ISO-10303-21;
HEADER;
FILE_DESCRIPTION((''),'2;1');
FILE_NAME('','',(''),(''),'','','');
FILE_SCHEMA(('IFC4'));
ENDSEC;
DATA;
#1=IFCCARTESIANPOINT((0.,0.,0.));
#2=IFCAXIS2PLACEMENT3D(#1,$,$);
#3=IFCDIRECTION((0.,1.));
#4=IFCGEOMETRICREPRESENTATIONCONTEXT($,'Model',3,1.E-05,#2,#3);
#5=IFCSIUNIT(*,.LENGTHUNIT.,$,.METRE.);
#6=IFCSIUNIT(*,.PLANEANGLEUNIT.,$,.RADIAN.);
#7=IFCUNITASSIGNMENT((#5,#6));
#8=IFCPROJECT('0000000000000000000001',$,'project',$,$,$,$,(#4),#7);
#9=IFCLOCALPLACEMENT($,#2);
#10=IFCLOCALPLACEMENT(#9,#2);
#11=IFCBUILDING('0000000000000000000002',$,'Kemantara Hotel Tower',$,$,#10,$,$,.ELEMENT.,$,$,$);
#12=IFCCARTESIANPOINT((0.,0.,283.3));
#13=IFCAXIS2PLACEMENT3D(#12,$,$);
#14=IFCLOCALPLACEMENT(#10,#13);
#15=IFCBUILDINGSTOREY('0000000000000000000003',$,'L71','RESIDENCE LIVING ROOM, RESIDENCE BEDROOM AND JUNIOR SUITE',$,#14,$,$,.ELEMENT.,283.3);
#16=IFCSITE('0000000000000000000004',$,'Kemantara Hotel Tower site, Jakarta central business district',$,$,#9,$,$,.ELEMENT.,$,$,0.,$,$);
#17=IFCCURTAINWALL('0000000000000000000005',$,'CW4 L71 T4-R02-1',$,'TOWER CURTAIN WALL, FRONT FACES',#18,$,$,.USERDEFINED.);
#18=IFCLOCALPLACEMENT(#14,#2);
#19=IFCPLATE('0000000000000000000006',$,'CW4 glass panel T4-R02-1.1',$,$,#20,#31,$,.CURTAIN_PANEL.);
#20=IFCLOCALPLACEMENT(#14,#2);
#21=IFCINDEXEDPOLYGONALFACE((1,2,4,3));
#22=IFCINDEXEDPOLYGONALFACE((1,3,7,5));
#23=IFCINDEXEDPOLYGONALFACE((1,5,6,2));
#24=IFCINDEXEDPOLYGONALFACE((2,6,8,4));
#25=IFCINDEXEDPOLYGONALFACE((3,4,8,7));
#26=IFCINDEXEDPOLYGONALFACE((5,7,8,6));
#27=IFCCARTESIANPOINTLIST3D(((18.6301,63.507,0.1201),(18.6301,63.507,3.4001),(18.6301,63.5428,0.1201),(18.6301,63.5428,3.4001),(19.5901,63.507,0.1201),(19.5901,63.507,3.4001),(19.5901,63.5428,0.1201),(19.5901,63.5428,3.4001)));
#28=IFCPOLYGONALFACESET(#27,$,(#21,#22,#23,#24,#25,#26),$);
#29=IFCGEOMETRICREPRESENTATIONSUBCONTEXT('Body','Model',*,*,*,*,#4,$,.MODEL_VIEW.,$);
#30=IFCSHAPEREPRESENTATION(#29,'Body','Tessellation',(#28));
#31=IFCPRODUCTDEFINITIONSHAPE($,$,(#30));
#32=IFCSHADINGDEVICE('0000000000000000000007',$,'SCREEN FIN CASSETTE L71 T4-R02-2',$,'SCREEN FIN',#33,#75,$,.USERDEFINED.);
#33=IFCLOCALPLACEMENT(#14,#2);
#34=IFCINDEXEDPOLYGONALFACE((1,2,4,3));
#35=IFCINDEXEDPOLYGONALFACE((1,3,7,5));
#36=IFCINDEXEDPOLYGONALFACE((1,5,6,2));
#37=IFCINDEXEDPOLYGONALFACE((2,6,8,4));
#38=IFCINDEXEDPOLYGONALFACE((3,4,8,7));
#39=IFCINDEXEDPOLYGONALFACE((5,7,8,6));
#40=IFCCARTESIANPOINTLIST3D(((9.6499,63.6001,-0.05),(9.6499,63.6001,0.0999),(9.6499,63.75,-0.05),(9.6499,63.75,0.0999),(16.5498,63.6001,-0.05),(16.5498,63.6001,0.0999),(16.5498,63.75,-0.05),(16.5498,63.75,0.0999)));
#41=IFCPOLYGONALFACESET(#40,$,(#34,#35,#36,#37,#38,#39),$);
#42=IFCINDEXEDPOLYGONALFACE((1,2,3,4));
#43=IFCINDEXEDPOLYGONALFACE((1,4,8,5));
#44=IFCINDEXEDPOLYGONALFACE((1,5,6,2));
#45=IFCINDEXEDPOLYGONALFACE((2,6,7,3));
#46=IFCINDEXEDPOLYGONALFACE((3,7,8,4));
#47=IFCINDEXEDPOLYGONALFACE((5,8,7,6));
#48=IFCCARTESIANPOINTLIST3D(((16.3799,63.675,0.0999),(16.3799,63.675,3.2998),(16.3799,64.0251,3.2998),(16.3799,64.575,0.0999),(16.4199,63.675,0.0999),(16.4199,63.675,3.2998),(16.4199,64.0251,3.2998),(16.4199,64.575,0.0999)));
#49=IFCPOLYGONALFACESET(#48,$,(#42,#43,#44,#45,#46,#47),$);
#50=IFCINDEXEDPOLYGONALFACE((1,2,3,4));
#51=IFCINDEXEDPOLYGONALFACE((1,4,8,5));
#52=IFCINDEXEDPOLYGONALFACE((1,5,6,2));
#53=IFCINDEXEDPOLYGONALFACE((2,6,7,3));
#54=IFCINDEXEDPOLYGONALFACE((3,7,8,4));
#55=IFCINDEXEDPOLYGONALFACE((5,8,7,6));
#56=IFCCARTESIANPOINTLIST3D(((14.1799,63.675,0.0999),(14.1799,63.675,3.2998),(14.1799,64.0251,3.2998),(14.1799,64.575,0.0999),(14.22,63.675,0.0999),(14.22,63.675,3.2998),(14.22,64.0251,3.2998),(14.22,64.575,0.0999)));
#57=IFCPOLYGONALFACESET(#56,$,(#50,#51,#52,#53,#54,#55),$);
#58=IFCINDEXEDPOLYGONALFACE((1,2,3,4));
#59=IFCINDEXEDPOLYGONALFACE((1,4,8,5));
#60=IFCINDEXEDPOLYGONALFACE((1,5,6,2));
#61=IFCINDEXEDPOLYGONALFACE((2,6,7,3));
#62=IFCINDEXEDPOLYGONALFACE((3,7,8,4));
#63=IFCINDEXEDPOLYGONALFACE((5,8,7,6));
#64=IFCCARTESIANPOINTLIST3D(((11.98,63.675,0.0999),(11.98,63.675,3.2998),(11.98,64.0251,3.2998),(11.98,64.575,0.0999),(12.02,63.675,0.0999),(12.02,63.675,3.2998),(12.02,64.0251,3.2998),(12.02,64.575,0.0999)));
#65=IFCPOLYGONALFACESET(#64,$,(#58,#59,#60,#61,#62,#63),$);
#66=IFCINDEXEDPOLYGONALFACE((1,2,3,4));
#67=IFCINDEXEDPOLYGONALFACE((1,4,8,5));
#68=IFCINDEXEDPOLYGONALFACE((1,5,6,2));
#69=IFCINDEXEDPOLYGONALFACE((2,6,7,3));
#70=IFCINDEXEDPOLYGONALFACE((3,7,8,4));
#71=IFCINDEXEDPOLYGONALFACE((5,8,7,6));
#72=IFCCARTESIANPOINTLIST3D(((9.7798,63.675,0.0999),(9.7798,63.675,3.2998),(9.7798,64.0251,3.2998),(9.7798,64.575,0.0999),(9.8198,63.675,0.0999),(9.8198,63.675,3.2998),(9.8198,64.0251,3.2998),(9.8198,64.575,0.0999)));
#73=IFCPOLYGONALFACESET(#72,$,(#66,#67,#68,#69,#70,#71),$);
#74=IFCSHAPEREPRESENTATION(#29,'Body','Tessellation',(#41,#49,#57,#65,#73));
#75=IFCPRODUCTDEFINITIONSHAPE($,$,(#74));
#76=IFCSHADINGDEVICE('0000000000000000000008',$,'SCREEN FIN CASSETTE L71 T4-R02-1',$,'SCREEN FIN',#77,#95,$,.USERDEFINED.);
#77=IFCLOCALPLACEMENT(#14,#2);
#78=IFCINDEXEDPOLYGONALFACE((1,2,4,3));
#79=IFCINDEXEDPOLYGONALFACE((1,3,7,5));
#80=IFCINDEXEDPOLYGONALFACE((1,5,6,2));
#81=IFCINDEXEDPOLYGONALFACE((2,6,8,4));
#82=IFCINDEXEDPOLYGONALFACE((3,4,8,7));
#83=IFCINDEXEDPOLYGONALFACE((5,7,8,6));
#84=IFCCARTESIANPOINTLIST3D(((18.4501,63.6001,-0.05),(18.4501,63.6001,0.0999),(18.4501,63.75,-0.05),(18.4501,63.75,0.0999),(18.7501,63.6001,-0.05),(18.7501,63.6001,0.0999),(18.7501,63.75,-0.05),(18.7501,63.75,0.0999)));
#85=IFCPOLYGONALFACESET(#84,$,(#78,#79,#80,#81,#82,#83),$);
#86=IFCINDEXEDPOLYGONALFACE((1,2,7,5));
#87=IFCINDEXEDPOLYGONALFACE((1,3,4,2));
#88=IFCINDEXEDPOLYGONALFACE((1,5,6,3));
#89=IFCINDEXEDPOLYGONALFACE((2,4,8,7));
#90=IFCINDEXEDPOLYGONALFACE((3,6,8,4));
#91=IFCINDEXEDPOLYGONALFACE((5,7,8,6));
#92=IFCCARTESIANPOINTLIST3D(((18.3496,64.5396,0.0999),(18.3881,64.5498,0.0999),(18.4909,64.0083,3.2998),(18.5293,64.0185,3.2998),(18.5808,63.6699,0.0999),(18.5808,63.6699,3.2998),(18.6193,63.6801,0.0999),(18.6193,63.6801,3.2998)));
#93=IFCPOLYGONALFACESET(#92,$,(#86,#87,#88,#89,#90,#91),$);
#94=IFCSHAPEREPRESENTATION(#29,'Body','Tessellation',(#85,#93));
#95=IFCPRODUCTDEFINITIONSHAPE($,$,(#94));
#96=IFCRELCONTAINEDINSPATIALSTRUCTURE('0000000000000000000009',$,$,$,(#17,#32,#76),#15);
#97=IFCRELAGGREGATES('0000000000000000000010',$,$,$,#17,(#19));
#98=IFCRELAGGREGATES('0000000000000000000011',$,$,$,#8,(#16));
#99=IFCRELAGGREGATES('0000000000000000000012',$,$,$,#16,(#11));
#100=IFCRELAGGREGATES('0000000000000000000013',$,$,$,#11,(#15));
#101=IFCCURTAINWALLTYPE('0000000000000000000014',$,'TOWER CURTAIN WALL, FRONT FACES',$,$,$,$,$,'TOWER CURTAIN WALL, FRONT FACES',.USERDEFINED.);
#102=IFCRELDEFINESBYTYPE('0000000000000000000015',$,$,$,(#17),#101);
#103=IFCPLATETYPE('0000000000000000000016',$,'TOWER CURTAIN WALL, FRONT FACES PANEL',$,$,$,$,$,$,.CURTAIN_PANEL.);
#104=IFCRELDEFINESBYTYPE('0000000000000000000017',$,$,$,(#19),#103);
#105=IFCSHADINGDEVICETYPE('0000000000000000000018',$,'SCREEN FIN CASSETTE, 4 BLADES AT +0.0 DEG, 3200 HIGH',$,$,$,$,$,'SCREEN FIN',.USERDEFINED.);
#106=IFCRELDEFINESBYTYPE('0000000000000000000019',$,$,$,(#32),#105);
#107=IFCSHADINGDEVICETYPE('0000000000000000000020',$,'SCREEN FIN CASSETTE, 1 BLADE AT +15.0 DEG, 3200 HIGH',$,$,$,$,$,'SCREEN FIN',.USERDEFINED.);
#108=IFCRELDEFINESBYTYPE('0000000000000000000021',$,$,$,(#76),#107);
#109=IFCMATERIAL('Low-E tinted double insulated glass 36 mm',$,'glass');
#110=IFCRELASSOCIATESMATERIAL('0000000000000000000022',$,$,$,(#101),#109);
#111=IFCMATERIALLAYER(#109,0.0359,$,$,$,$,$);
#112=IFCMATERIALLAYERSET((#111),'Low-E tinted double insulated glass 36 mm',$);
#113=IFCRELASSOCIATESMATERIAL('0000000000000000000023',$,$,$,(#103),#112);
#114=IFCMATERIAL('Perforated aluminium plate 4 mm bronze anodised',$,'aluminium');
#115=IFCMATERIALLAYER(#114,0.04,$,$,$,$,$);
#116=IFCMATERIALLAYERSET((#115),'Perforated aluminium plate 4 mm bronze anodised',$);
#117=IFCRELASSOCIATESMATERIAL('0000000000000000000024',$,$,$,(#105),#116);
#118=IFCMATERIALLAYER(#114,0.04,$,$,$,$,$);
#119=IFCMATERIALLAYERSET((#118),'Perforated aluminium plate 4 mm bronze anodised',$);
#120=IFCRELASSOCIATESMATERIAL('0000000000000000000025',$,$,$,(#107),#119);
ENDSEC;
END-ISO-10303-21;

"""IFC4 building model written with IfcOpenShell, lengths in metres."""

from ifc_helpers import new_model, si_unit, direction, frame, origin, origin_2d, place, context, subcontext, project, spatial, polyline, rectangle, outline, extrude, source, transform, mapped, material, layer, layer_set, type_object, element, aggregate, save


model = new_model("IFC4")

# Units and contexts
model_context = context("Model", 3, precision=1e-05, world=origin(), true_north=direction((0.0, 1.0)))
body_context = subcontext(model_context, "Body", "Model", "MODEL_VIEW")
ifc_project = project(units=[si_unit("LENGTHUNIT", "METRE"), si_unit("PLANEANGLEUNIT", "RADIAN")], contexts=[model_context])

# Site, building, storey
site_placement = place(None, origin())
site = spatial("IfcSite", under=ifc_project, at=site_placement, Name="Kemantara Hotel Tower site, Jakarta central business district", CompositionType="ELEMENT", RefElevation=0.0)
building_placement = place(site_placement, origin())
building = spatial("IfcBuilding", under=site, at=building_placement, Name="Kemantara Hotel Tower", CompositionType="ELEMENT")
storey_placement = place(building_placement, frame((0.0, 0.0, 283.3)))
storey = spatial("IfcBuildingStorey", under=building, at=storey_placement, Name="L71", Description="RESIDENCE LIVING ROOM, RESIDENCE BEDROOM AND JUNIOR SUITE", CompositionType="ELEMENT", Elevation=283.3)

# Curtain wall
ifc_material_1 = material(Name="Low-E tinted double insulated glass 36 mm", Category="glass")
curtain_wall_type = type_object("IfcCurtainWallType", Name="TOWER CURTAIN WALL, FRONT FACES", ElementType="TOWER CURTAIN WALL, FRONT FACES", PredefinedType="USERDEFINED", material=ifc_material_1)
curtain_wall_1_placement = place(storey_placement, origin())
curtain_wall_1 = element("IfcCurtainWall", 1, at=curtain_wall_1_placement, inside=storey, type_object=curtain_wall_type, Name="CW4 L71 T4-R02-1", ObjectType="TOWER CURTAIN WALL, FRONT FACES", PredefinedType="USERDEFINED")

# Plate
ifc_layer_1 = layer(ifc_material_1, 0.0359)
ifc_layer_set_1 = layer_set([ifc_layer_1], Name="Low-E tinted double insulated glass 36 mm")
plate_type = type_object("IfcPlateType", Name="TOWER CURTAIN WALL, FRONT FACES PANEL", PredefinedType="CURTAIN_PANEL", material=ifc_layer_set_1)
shared_shape_1 = source(origin(), body_context, "Body", "SweptSolid", [
    extrude(rectangle(XDim=0.96, YDim=0.0359, at=origin_2d()), origin(), (0.0, 0.0, 1.0), 3.28),
])
plate_1_placement = place(storey_placement, frame((19.1101, 63.5249, 0.1201), z_axis=(0.0, 0.0, 1.0), x_axis=(-1.0, 0.0, 0.0)))
plate_1 = element("IfcPlate", 2, at=plate_1_placement, type_object=plate_type, Name="CW4 glass panel T4-R02-1.1", PredefinedType="CURTAIN_PANEL", context=body_context, shape_type="MappedRepresentation", body=[
    mapped(shared_shape_1, transform((0.0, 0.0, 0.0))),
])
aggregate(curtain_wall_1, [plate_1])

# Shading devices
ifc_material_2 = material(Name="Perforated aluminium plate 4 mm bronze anodised", Category="aluminium")
ifc_layer_2 = layer(ifc_material_2, 0.04)
ifc_layer_set_2 = layer_set([ifc_layer_2], Name="Perforated aluminium plate 4 mm bronze anodised")
shading_device_type_1 = type_object("IfcShadingDeviceType", Name="SCREEN FIN CASSETTE, 4 BLADES AT +0.0 DEG, 3200 HIGH", ElementType="SCREEN FIN", PredefinedType="USERDEFINED", material=ifc_layer_set_2)
shared_shape_2 = source(origin(), body_context, "Body", "SweptSolid", [
    extrude(rectangle(XDim=6.8999, YDim=0.1499, at=origin_2d()), frame((3.3, -0.075, -0.1499), z_axis=(0.0, 0.0, 1.0), x_axis=(1.0, 0.0, 0.0)), (0.0, 0.0, 1.0), 0.1499),
    extrude(outline(polyline([(0.0, 0.0), (0.8999, 0.0), (0.3501, 3.2), (0.0, 3.2), (0.0, 0.0)])), frame((0.02, -0.075, 0.0), z_axis=(-1.0, 0.0, 0.0), x_axis=(0.0, -1.0, 0.0)), (0.0, 0.0, 1.0), 0.04),
    extrude(outline(polyline([(0.0, 0.0), (0.8999, 0.0), (0.3501, 3.2), (0.0, 3.2), (0.0, 0.0)])), frame((2.22, -0.075, 0.0), z_axis=(-1.0, 0.0, 0.0), x_axis=(0.0, -1.0, 0.0)), (0.0, 0.0, 1.0), 0.04),
    extrude(outline(polyline([(0.0, 0.0), (0.8999, 0.0), (0.3501, 3.2), (0.0, 3.2), (0.0, 0.0)])), frame((4.4199, -0.075, 0.0), z_axis=(-1.0, 0.0, 0.0), x_axis=(0.0, -1.0, 0.0)), (0.0, 0.0, 1.0), 0.04),
    extrude(outline(polyline([(0.0, 0.0), (0.8999, 0.0), (0.3501, 3.2), (0.0, 3.2), (0.0, 0.0)])), frame((6.6201, -0.075, 0.0), z_axis=(-1.0, 0.0, 0.0), x_axis=(0.0, -1.0, 0.0)), (0.0, 0.0, 1.0), 0.04),
])
shading_device_1_placement = place(storey_placement, frame((16.3999, 63.6001, 0.0999), z_axis=(0.0, 0.0, 1.0), x_axis=(-1.0, 0.0, 0.0)))
element("IfcShadingDevice", 3, at=shading_device_1_placement, inside=storey, type_object=shading_device_type_1, Name="SCREEN FIN CASSETTE L71 T4-R02-2", ObjectType="SCREEN FIN", PredefinedType="USERDEFINED", context=body_context, shape_type="MappedRepresentation", body=[
    mapped(shared_shape_2, transform((0.0, 0.0, 0.0))),
])
ifc_layer_3 = layer(ifc_material_2, 0.04)
ifc_layer_set_3 = layer_set([ifc_layer_3], Name="Perforated aluminium plate 4 mm bronze anodised")
shading_device_type_2 = type_object("IfcShadingDeviceType", Name="SCREEN FIN CASSETTE, 1 BLADE AT +15.0 DEG, 3200 HIGH", ElementType="SCREEN FIN", PredefinedType="USERDEFINED", material=ifc_layer_set_3)
shared_shape_3 = source(origin(), body_context, "Body", "SweptSolid", [
    extrude(rectangle(XDim=0.3, YDim=0.1499, at=origin_2d()), frame((0.0, -0.075, -0.1499), z_axis=(0.0, 0.0, 1.0), x_axis=(1.0, 0.0, 0.0)), (0.0, 0.0, 1.0), 0.1499),
    extrude(outline(polyline([(0.0, 0.0), (0.8999, 0.0), (0.3501, 3.2), (0.0, 3.2), (0.0, 0.0)])), frame((0.0193, -0.0698, 0.0), z_axis=(-0.966438, -0.256901, 0.0), x_axis=(0.256901, -0.966438, 0.0)), (0.0, 0.0, 1.0), 0.0398),
])
shading_device_2_placement = place(storey_placement, frame((18.6001, 63.6001, 0.0999), z_axis=(0.0, 0.0, 1.0), x_axis=(-1.0, 0.0, 0.0)))
element("IfcShadingDevice", 4, at=shading_device_2_placement, inside=storey, type_object=shading_device_type_2, Name="SCREEN FIN CASSETTE L71 T4-R02-1", ObjectType="SCREEN FIN", PredefinedType="USERDEFINED", context=body_context, shape_type="MappedRepresentation", body=[
    mapped(shared_shape_3, transform((0.0, 0.0, 0.0))),
])

save(model, "model.ifc")
